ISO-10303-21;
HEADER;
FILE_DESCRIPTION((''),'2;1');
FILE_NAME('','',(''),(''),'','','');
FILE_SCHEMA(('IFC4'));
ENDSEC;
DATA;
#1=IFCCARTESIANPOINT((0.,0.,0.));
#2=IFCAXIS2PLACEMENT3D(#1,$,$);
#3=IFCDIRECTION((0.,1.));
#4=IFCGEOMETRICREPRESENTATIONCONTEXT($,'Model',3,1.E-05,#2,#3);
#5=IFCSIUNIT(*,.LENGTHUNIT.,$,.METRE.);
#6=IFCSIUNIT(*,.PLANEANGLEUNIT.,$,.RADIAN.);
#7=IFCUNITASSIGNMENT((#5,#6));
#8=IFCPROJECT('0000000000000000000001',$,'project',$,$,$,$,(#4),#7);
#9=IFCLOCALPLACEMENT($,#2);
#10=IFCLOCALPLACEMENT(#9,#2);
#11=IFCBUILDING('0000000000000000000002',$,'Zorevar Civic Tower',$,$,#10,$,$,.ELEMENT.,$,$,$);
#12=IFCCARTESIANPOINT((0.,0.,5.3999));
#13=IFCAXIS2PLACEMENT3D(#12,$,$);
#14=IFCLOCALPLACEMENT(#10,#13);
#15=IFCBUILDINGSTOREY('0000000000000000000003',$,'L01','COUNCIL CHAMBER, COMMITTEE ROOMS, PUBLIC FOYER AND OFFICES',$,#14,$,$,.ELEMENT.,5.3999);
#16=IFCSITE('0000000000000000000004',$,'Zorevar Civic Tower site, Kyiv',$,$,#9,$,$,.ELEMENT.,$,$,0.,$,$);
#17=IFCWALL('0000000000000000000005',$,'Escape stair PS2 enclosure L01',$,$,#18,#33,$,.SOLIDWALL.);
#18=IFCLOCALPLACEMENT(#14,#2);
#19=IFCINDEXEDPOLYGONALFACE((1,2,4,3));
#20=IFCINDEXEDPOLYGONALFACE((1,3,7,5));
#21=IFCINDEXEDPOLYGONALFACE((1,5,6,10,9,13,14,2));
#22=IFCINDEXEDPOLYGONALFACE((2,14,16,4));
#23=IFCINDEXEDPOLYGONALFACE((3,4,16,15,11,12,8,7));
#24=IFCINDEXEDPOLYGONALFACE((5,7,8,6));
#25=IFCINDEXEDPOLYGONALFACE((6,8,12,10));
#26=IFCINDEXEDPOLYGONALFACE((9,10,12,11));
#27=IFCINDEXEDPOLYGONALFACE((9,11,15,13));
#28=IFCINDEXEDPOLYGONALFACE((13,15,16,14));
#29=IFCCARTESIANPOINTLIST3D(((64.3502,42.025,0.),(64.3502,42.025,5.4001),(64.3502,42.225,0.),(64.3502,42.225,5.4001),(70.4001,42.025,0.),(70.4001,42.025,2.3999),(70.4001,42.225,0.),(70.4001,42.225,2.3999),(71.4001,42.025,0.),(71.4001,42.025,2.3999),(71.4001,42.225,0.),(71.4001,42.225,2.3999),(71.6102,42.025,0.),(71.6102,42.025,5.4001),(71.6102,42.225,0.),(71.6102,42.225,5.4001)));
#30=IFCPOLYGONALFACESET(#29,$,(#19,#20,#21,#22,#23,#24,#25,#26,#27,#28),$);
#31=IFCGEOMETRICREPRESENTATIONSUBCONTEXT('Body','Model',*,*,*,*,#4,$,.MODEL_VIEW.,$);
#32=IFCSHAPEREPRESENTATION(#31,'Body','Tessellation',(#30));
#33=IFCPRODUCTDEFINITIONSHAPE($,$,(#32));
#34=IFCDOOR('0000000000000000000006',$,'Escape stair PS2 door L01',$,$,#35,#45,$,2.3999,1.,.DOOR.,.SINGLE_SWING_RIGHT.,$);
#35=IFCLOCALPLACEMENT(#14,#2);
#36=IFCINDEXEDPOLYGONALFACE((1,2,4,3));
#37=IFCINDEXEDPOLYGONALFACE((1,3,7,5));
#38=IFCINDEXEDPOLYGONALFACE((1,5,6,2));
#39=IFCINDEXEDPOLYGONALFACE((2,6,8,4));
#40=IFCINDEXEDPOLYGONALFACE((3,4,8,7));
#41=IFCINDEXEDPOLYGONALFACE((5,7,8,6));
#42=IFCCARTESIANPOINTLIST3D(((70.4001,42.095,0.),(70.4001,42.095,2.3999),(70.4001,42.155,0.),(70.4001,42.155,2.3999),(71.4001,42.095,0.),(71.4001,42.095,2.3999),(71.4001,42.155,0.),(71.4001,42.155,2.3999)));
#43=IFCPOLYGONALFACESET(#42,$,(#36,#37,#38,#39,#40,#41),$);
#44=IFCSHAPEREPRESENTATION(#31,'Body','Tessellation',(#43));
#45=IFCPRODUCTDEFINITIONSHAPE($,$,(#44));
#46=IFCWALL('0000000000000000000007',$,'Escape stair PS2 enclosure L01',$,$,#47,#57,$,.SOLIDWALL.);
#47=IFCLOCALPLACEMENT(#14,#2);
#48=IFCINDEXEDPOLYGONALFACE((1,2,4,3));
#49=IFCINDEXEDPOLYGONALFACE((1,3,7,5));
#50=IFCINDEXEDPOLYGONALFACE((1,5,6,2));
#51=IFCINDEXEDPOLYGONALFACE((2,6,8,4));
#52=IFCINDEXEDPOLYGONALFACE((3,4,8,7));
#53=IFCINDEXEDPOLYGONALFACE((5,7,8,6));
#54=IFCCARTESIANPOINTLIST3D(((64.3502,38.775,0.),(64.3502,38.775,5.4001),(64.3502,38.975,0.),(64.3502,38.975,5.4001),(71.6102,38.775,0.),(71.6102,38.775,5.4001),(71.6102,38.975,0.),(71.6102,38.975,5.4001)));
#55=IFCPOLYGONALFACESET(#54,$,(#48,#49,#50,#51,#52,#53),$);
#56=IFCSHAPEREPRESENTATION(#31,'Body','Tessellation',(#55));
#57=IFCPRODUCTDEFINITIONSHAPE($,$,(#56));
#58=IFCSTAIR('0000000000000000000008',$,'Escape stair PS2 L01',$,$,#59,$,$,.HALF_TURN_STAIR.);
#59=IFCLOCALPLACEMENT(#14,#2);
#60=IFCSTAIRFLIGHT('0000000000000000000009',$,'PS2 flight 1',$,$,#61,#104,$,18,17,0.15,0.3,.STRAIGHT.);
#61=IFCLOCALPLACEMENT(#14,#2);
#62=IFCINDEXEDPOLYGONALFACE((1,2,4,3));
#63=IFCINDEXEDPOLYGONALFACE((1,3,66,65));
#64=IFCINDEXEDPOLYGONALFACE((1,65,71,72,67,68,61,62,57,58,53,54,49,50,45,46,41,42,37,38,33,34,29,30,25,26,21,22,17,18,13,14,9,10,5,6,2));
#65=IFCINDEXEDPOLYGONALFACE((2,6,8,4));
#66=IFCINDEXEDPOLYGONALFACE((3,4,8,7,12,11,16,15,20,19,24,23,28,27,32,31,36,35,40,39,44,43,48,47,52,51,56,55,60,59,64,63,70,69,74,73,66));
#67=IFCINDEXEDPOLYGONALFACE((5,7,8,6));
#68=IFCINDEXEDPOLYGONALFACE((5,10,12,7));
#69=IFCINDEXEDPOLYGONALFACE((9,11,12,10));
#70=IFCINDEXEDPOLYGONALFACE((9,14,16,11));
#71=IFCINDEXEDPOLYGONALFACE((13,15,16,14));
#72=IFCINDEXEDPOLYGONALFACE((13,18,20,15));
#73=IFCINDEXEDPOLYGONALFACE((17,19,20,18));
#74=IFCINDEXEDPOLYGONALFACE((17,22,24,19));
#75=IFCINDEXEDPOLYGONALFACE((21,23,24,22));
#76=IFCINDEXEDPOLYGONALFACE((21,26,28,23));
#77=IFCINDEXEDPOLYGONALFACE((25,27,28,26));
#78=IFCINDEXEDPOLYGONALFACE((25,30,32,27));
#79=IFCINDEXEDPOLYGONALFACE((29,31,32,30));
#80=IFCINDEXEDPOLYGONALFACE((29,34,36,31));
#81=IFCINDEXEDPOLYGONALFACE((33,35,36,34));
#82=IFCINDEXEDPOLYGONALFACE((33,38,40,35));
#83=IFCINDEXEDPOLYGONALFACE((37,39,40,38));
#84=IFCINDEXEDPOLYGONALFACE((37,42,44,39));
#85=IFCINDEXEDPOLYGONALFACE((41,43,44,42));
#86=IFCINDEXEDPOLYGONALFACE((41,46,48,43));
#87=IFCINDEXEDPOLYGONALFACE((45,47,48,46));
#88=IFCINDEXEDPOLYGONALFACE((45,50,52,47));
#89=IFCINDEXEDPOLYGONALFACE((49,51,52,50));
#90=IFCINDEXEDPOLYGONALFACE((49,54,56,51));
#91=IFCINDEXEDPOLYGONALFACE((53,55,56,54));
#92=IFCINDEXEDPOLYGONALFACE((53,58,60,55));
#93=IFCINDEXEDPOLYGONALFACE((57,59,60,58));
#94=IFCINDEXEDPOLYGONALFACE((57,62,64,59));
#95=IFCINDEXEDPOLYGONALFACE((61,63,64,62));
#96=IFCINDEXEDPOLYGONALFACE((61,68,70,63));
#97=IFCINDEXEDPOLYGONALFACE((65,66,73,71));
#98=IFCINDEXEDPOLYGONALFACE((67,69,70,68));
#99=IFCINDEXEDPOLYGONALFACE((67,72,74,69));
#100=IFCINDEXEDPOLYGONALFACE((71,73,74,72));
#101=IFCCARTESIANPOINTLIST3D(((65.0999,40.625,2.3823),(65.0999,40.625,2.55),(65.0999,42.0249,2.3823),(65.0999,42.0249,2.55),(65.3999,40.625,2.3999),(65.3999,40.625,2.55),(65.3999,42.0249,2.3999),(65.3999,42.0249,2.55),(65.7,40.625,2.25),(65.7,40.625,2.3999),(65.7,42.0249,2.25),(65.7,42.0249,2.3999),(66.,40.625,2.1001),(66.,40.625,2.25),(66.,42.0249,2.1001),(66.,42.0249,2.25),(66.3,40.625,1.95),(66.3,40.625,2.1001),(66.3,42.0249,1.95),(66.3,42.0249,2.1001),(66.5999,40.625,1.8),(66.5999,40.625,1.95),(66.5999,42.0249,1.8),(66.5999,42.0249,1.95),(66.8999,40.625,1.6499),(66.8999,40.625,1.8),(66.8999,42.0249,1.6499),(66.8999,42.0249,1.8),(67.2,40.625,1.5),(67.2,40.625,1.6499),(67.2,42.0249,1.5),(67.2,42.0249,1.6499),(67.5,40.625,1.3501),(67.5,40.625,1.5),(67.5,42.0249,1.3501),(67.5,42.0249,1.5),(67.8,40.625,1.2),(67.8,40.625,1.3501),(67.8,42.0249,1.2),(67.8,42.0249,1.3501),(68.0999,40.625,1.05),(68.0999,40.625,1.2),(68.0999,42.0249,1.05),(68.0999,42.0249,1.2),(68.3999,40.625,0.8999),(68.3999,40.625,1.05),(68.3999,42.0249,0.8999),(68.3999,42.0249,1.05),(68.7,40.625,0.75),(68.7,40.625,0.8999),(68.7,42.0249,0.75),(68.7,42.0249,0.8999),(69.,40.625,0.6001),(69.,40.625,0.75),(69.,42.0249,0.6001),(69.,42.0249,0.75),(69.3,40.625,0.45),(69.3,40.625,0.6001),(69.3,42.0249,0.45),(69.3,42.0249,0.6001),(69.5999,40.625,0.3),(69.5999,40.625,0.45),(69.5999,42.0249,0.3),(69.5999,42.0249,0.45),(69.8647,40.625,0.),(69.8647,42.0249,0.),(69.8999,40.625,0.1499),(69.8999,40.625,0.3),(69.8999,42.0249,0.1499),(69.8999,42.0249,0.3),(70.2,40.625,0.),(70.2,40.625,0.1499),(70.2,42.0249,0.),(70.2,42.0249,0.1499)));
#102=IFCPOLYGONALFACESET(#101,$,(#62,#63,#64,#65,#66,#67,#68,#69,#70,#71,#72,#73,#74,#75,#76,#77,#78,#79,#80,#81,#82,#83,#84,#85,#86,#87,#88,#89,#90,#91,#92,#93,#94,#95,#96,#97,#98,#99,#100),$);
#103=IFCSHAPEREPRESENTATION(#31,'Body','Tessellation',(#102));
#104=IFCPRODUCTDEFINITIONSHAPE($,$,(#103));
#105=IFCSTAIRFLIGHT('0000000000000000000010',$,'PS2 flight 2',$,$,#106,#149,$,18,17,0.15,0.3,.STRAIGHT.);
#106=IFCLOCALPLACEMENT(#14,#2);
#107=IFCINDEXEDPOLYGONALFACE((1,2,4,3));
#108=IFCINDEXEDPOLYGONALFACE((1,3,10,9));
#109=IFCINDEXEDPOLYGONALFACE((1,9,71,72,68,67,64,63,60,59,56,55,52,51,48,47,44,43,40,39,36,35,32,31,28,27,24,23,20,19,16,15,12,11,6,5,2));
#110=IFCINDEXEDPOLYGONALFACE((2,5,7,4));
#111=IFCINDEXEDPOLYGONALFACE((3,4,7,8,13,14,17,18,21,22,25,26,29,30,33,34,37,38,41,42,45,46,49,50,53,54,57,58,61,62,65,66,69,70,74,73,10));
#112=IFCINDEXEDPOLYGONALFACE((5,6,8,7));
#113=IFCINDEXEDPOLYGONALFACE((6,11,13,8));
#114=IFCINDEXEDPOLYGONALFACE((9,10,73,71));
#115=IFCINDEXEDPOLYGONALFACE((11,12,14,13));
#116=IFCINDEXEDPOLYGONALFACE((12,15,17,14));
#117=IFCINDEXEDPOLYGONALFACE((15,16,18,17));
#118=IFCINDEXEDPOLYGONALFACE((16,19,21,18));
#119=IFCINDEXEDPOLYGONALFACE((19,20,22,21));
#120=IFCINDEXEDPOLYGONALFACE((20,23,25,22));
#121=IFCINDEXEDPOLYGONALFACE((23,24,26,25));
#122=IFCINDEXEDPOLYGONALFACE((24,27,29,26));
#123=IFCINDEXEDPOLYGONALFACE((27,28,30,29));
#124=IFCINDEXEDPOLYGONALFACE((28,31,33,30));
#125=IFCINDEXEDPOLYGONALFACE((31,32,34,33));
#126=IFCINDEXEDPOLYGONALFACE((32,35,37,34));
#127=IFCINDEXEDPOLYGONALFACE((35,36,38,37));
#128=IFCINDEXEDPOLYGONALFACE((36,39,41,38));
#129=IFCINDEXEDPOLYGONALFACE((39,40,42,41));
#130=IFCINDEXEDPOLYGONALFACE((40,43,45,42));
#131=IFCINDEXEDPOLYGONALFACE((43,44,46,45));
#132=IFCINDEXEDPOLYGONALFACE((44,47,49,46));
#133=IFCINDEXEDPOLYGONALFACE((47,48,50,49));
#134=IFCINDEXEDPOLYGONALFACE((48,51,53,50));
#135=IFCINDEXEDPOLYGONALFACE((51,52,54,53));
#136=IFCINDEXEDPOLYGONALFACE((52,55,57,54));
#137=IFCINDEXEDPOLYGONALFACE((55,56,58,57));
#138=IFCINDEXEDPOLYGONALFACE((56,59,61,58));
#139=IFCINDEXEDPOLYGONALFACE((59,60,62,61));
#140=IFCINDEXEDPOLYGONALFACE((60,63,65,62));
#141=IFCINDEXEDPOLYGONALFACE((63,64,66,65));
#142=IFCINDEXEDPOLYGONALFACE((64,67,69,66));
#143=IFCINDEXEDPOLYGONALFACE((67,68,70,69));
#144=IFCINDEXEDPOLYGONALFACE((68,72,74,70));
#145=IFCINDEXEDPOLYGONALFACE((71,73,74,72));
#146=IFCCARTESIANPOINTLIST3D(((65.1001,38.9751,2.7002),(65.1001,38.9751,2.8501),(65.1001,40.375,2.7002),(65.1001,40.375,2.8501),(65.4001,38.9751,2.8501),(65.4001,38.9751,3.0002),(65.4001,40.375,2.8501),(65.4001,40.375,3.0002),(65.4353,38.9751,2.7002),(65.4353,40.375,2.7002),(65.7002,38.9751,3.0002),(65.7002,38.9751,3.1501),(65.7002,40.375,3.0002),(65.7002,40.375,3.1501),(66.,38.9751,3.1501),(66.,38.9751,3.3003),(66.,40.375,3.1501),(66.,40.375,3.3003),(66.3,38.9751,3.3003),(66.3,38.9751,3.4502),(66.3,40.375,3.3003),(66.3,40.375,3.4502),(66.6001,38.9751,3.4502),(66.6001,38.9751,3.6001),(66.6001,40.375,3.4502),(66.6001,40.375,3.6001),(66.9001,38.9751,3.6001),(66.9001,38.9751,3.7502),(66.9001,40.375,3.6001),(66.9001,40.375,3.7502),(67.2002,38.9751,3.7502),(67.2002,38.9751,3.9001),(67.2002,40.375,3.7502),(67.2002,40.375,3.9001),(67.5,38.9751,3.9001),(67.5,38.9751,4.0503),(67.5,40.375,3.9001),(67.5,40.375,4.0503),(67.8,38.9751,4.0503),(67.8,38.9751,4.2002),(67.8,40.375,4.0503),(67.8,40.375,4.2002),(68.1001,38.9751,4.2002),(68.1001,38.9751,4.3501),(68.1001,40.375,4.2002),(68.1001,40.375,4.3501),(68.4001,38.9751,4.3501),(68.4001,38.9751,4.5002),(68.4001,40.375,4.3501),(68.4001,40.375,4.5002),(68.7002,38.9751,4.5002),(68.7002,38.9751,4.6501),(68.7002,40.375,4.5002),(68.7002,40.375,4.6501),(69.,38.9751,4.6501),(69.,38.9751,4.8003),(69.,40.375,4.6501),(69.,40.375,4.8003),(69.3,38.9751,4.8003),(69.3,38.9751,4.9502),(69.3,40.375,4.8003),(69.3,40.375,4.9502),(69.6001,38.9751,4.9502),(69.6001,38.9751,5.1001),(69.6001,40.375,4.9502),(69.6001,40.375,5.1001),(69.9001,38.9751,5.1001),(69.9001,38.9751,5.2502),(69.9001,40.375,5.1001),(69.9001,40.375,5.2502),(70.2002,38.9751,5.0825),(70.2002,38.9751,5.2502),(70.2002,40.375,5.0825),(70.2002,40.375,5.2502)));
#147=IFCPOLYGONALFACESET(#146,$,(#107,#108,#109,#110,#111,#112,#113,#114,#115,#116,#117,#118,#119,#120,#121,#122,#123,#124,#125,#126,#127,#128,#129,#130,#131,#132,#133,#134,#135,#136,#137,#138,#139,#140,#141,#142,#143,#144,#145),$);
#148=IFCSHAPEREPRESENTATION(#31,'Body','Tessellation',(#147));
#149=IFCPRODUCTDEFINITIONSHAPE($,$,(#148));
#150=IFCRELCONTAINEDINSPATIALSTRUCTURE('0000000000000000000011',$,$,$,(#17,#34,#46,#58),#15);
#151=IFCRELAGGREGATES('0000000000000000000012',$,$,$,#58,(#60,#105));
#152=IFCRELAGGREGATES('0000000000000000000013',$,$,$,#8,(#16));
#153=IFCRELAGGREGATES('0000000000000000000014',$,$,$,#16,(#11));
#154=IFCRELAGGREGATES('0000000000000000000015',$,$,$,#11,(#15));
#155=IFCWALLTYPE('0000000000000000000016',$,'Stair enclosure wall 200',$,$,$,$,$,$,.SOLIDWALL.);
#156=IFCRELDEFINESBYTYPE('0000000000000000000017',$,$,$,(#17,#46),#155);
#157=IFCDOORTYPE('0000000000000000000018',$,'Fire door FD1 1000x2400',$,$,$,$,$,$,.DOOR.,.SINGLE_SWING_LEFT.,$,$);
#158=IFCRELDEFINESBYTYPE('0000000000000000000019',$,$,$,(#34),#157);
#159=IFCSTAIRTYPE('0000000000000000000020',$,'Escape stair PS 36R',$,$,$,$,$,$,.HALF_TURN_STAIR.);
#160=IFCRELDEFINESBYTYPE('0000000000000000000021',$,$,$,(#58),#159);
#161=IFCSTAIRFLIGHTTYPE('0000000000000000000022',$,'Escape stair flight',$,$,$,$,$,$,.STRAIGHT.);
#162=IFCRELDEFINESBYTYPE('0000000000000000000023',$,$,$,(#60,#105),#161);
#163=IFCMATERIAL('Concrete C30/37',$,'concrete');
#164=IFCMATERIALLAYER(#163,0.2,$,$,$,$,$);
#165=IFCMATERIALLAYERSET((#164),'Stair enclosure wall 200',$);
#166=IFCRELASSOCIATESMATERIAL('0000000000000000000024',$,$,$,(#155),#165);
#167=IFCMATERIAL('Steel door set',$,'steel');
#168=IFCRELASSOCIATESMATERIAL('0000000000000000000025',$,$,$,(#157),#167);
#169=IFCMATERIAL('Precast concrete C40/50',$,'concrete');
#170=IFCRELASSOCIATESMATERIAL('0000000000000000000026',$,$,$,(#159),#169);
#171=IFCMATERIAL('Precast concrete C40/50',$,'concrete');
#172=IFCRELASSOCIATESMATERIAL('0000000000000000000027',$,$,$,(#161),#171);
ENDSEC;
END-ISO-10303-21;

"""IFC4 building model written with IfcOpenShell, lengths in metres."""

from ifc_helpers import new_model, si_unit, direction, frame, frame_2d, origin, place, context, subcontext, project, spatial, polyline, rectangle, outline, extrude, material, layer, layer_set, type_object, element, fill, aggregate, save


model = new_model("IFC4")

# Units and contexts
model_context = context("Model", 3, precision=1e-05, world=origin(), true_north=direction((0.0, 1.0)))
body_context = subcontext(model_context, "Body", "Model", "MODEL_VIEW")
ifc_project = project(units=[si_unit("LENGTHUNIT", "METRE"), si_unit("PLANEANGLEUNIT", "RADIAN")], contexts=[model_context])

# Site, building, storey
site_placement = place(None, origin())
site = spatial("IfcSite", under=ifc_project, at=site_placement, Name="Zorevar Civic Tower site, Kyiv", CompositionType="ELEMENT", RefElevation=0.0)
building_placement = place(site_placement, origin())
building = spatial("IfcBuilding", under=site, at=building_placement, Name="Zorevar Civic Tower", CompositionType="ELEMENT")
storey_placement = place(building_placement, frame((0.0, 0.0, 5.3999)))
storey = spatial("IfcBuildingStorey", under=building, at=storey_placement, Name="L01", Description="COUNCIL CHAMBER, COMMITTEE ROOMS, PUBLIC FOYER AND OFFICES", CompositionType="ELEMENT", Elevation=5.3999)

# Wall, opening, door
ifc_material_1 = material(Name="Concrete C30/37", Category="concrete")
ifc_layer_1 = layer(ifc_material_1, 0.2)
ifc_layer_set_1 = layer_set([ifc_layer_1], Name="Stair enclosure wall 200")
wall_type_1 = type_object("IfcWallType", Name="Stair enclosure wall 200", PredefinedType="SOLIDWALL", material=ifc_layer_set_1)
wall_1_placement = place(storey_placement, frame((71.6101, 42.125, 0.0), z_axis=(0.0, 0.0, 1.0), x_axis=(-1.0, 0.0, 0.0)))
wall_1 = element("IfcWall", 1, at=wall_1_placement, inside=storey, type_object=wall_type_1, Name="Escape stair PS2 enclosure L01", PredefinedType="SOLIDWALL", context=body_context, shape_type="SweptSolid", body=[
    extrude(rectangle(XDim=7.26, YDim=0.2, at=frame_2d((3.6299, 0.0))), origin(), (0.0, 0.0, 1.0), 5.4001),
])
opening_1_placement = place(wall_1_placement, frame((0.21, 0.0, 0.0)))
opening_1 = element("IfcOpeningElement", 2, at=opening_1_placement, cuts=wall_1, PredefinedType="OPENING", context=body_context, shape_type="SweptSolid", body=[
    extrude(rectangle(XDim=1.0, YDim=2.3999, at=frame_2d((0.5, 1.2))), frame((0.0, 0.1099, 0.0), z_axis=(0.0, -1.0, 0.0), x_axis=(1.0, 0.0, 0.0)), (0.0, 0.0, 1.0), 0.22),
])
ifc_material_2 = material(Name="Steel door set", Category="steel")
door_type = type_object("IfcDoorType", Name="Fire door FD1 1000x2400", OperationType="SINGLE_SWING_LEFT", PredefinedType="DOOR", material=ifc_material_2)
door_placement = place(opening_1_placement, origin())
door = element("IfcDoor", 3, at=door_placement, inside=storey, type_object=door_type, Name="Escape stair PS2 door L01", OperationType="SINGLE_SWING_RIGHT", OverallHeight=2.3999, OverallWidth=1.0, PredefinedType="DOOR", context=body_context, shape_type="SweptSolid", body=[
    extrude(rectangle(XDim=1.0, YDim=2.3999, at=frame_2d((0.5, 1.2))), frame((0.0, 0.03, 0.0), z_axis=(0.0, -1.0, 0.0), x_axis=(1.0, 0.0, 0.0)), (0.0, 0.0, 1.0), 0.0601),
])
fill(opening_1, door)

# Wall
wall_2_placement = place(storey_placement, frame((71.6101, 38.875, 0.0), z_axis=(0.0, 0.0, 1.0), x_axis=(-1.0, 0.0, 0.0)))
element("IfcWall", 4, at=wall_2_placement, inside=storey, type_object=wall_type_1, Name="Escape stair PS2 enclosure L01", PredefinedType="SOLIDWALL", context=body_context, shape_type="SweptSolid", body=[
    extrude(rectangle(XDim=7.26, YDim=0.2, at=frame_2d((3.6299, 0.0))), origin(), (0.0, 0.0, 1.0), 5.4001),
])

# Stair, stair flights
ifc_material_3 = material(Name="Precast concrete C40/50", Category="concrete")
stair_type = type_object("IfcStairType", Name="Escape stair PS 36R", PredefinedType="HALF_TURN_STAIR", material=ifc_material_3)
stair_placement = place(storey_placement, origin())
stair = element("IfcStair", 5, at=stair_placement, inside=storey, type_object=stair_type, Name="Escape stair PS2 L01", PredefinedType="HALF_TURN_STAIR")
ifc_material_4 = material(Name="Precast concrete C40/50", Category="concrete")
stair_flight_type = type_object("IfcStairFlightType", Name="Escape stair flight", PredefinedType="STRAIGHT", material=ifc_material_4)
stair_flight_1_placement = place(storey_placement, frame((70.2, 41.325, 0.0), z_axis=(0.0, 0.0, 1.0), x_axis=(-1.0, 0.0, 0.0)))
stair_flight_1 = element("IfcStairFlight", 6, at=stair_flight_1_placement, type_object=stair_flight_type, Name="PS2 flight 1", NumberOfRisers=18, NumberOfTreads=17, PredefinedType="STRAIGHT", RiserHeight=0.15, TreadLength=0.3, context=body_context, shape_type="SweptSolid", body=[
    extrude(outline(polyline([(0.0, 0.0), (0.0, 0.1499), (0.3, 0.1499), (0.3, 0.3), (0.6001, 0.3), (0.6001, 0.45), (0.8999, 0.45), (0.8999, 0.6001), (1.2, 0.6001), (1.2, 0.75), (1.5, 0.75), (1.5, 0.8999), (1.8, 0.8999), (1.8, 1.05), (2.1001, 1.05), (2.1001, 1.2), (2.3999, 1.2), (2.3999, 1.3501), (2.7, 1.3501), (2.7, 1.5), (3.0, 1.5), (3.0, 1.6499), (3.3, 1.6499), (3.3, 1.8), (3.6001, 1.8), (3.6001, 1.95), (3.8999, 1.95), (3.8999, 2.1001), (4.2, 2.1001), (4.2, 2.25), (4.5, 2.25), (4.5, 2.3999), (4.8, 2.3999), (4.8, 2.55), (5.1001, 2.55), (5.1001, 2.7), (5.1001, 2.3823), (0.3352, 0.0), (0.0, 0.0)])), frame((0.0, 0.7, 0.0), z_axis=(0.0, -1.0, 0.0), x_axis=(1.0, 0.0, 0.0)), (0.0, 0.0, 1.0), 1.3999),
])
stair_flight_2_placement = place(storey_placement, frame((65.1001, 39.675, 2.7002), z_axis=(0.0, 0.0, 1.0), x_axis=(1.0, 0.0, 0.0)))
stair_flight_2 = element("IfcStairFlight", 7, at=stair_flight_2_placement, type_object=stair_flight_type, Name="PS2 flight 2", NumberOfRisers=18, NumberOfTreads=17, PredefinedType="STRAIGHT", RiserHeight=0.15, TreadLength=0.3, context=body_context, shape_type="SweptSolid", body=[
    extrude(outline(polyline([(0.0, 0.0), (0.0, 0.1499), (0.3, 0.1499), (0.3, 0.3), (0.6001, 0.3), (0.6001, 0.45), (0.8999, 0.45), (0.8999, 0.6001), (1.2, 0.6001), (1.2, 0.75), (1.5, 0.75), (1.5, 0.8999), (1.8, 0.8999), (1.8, 1.05), (2.1001, 1.05), (2.1001, 1.2), (2.3999, 1.2), (2.3999, 1.3501), (2.7, 1.3501), (2.7, 1.5), (3.0, 1.5), (3.0, 1.6499), (3.3, 1.6499), (3.3, 1.8), (3.6001, 1.8), (3.6001, 1.95), (3.8999, 1.95), (3.8999, 2.1001), (4.2, 2.1001), (4.2, 2.25), (4.5, 2.25), (4.5, 2.3999), (4.8, 2.3999), (4.8, 2.55), (5.1001, 2.55), (5.1001, 2.7), (5.1001, 2.3823), (0.3352, 0.0), (0.0, 0.0)])), frame((0.0, 0.7, 0.0), z_axis=(0.0, -1.0, 0.0), x_axis=(1.0, 0.0, 0.0)), (0.0, 0.0, 1.0), 1.3999),
])
aggregate(stair, [stair_flight_1, stair_flight_2])

save(model, "model.ifc")
